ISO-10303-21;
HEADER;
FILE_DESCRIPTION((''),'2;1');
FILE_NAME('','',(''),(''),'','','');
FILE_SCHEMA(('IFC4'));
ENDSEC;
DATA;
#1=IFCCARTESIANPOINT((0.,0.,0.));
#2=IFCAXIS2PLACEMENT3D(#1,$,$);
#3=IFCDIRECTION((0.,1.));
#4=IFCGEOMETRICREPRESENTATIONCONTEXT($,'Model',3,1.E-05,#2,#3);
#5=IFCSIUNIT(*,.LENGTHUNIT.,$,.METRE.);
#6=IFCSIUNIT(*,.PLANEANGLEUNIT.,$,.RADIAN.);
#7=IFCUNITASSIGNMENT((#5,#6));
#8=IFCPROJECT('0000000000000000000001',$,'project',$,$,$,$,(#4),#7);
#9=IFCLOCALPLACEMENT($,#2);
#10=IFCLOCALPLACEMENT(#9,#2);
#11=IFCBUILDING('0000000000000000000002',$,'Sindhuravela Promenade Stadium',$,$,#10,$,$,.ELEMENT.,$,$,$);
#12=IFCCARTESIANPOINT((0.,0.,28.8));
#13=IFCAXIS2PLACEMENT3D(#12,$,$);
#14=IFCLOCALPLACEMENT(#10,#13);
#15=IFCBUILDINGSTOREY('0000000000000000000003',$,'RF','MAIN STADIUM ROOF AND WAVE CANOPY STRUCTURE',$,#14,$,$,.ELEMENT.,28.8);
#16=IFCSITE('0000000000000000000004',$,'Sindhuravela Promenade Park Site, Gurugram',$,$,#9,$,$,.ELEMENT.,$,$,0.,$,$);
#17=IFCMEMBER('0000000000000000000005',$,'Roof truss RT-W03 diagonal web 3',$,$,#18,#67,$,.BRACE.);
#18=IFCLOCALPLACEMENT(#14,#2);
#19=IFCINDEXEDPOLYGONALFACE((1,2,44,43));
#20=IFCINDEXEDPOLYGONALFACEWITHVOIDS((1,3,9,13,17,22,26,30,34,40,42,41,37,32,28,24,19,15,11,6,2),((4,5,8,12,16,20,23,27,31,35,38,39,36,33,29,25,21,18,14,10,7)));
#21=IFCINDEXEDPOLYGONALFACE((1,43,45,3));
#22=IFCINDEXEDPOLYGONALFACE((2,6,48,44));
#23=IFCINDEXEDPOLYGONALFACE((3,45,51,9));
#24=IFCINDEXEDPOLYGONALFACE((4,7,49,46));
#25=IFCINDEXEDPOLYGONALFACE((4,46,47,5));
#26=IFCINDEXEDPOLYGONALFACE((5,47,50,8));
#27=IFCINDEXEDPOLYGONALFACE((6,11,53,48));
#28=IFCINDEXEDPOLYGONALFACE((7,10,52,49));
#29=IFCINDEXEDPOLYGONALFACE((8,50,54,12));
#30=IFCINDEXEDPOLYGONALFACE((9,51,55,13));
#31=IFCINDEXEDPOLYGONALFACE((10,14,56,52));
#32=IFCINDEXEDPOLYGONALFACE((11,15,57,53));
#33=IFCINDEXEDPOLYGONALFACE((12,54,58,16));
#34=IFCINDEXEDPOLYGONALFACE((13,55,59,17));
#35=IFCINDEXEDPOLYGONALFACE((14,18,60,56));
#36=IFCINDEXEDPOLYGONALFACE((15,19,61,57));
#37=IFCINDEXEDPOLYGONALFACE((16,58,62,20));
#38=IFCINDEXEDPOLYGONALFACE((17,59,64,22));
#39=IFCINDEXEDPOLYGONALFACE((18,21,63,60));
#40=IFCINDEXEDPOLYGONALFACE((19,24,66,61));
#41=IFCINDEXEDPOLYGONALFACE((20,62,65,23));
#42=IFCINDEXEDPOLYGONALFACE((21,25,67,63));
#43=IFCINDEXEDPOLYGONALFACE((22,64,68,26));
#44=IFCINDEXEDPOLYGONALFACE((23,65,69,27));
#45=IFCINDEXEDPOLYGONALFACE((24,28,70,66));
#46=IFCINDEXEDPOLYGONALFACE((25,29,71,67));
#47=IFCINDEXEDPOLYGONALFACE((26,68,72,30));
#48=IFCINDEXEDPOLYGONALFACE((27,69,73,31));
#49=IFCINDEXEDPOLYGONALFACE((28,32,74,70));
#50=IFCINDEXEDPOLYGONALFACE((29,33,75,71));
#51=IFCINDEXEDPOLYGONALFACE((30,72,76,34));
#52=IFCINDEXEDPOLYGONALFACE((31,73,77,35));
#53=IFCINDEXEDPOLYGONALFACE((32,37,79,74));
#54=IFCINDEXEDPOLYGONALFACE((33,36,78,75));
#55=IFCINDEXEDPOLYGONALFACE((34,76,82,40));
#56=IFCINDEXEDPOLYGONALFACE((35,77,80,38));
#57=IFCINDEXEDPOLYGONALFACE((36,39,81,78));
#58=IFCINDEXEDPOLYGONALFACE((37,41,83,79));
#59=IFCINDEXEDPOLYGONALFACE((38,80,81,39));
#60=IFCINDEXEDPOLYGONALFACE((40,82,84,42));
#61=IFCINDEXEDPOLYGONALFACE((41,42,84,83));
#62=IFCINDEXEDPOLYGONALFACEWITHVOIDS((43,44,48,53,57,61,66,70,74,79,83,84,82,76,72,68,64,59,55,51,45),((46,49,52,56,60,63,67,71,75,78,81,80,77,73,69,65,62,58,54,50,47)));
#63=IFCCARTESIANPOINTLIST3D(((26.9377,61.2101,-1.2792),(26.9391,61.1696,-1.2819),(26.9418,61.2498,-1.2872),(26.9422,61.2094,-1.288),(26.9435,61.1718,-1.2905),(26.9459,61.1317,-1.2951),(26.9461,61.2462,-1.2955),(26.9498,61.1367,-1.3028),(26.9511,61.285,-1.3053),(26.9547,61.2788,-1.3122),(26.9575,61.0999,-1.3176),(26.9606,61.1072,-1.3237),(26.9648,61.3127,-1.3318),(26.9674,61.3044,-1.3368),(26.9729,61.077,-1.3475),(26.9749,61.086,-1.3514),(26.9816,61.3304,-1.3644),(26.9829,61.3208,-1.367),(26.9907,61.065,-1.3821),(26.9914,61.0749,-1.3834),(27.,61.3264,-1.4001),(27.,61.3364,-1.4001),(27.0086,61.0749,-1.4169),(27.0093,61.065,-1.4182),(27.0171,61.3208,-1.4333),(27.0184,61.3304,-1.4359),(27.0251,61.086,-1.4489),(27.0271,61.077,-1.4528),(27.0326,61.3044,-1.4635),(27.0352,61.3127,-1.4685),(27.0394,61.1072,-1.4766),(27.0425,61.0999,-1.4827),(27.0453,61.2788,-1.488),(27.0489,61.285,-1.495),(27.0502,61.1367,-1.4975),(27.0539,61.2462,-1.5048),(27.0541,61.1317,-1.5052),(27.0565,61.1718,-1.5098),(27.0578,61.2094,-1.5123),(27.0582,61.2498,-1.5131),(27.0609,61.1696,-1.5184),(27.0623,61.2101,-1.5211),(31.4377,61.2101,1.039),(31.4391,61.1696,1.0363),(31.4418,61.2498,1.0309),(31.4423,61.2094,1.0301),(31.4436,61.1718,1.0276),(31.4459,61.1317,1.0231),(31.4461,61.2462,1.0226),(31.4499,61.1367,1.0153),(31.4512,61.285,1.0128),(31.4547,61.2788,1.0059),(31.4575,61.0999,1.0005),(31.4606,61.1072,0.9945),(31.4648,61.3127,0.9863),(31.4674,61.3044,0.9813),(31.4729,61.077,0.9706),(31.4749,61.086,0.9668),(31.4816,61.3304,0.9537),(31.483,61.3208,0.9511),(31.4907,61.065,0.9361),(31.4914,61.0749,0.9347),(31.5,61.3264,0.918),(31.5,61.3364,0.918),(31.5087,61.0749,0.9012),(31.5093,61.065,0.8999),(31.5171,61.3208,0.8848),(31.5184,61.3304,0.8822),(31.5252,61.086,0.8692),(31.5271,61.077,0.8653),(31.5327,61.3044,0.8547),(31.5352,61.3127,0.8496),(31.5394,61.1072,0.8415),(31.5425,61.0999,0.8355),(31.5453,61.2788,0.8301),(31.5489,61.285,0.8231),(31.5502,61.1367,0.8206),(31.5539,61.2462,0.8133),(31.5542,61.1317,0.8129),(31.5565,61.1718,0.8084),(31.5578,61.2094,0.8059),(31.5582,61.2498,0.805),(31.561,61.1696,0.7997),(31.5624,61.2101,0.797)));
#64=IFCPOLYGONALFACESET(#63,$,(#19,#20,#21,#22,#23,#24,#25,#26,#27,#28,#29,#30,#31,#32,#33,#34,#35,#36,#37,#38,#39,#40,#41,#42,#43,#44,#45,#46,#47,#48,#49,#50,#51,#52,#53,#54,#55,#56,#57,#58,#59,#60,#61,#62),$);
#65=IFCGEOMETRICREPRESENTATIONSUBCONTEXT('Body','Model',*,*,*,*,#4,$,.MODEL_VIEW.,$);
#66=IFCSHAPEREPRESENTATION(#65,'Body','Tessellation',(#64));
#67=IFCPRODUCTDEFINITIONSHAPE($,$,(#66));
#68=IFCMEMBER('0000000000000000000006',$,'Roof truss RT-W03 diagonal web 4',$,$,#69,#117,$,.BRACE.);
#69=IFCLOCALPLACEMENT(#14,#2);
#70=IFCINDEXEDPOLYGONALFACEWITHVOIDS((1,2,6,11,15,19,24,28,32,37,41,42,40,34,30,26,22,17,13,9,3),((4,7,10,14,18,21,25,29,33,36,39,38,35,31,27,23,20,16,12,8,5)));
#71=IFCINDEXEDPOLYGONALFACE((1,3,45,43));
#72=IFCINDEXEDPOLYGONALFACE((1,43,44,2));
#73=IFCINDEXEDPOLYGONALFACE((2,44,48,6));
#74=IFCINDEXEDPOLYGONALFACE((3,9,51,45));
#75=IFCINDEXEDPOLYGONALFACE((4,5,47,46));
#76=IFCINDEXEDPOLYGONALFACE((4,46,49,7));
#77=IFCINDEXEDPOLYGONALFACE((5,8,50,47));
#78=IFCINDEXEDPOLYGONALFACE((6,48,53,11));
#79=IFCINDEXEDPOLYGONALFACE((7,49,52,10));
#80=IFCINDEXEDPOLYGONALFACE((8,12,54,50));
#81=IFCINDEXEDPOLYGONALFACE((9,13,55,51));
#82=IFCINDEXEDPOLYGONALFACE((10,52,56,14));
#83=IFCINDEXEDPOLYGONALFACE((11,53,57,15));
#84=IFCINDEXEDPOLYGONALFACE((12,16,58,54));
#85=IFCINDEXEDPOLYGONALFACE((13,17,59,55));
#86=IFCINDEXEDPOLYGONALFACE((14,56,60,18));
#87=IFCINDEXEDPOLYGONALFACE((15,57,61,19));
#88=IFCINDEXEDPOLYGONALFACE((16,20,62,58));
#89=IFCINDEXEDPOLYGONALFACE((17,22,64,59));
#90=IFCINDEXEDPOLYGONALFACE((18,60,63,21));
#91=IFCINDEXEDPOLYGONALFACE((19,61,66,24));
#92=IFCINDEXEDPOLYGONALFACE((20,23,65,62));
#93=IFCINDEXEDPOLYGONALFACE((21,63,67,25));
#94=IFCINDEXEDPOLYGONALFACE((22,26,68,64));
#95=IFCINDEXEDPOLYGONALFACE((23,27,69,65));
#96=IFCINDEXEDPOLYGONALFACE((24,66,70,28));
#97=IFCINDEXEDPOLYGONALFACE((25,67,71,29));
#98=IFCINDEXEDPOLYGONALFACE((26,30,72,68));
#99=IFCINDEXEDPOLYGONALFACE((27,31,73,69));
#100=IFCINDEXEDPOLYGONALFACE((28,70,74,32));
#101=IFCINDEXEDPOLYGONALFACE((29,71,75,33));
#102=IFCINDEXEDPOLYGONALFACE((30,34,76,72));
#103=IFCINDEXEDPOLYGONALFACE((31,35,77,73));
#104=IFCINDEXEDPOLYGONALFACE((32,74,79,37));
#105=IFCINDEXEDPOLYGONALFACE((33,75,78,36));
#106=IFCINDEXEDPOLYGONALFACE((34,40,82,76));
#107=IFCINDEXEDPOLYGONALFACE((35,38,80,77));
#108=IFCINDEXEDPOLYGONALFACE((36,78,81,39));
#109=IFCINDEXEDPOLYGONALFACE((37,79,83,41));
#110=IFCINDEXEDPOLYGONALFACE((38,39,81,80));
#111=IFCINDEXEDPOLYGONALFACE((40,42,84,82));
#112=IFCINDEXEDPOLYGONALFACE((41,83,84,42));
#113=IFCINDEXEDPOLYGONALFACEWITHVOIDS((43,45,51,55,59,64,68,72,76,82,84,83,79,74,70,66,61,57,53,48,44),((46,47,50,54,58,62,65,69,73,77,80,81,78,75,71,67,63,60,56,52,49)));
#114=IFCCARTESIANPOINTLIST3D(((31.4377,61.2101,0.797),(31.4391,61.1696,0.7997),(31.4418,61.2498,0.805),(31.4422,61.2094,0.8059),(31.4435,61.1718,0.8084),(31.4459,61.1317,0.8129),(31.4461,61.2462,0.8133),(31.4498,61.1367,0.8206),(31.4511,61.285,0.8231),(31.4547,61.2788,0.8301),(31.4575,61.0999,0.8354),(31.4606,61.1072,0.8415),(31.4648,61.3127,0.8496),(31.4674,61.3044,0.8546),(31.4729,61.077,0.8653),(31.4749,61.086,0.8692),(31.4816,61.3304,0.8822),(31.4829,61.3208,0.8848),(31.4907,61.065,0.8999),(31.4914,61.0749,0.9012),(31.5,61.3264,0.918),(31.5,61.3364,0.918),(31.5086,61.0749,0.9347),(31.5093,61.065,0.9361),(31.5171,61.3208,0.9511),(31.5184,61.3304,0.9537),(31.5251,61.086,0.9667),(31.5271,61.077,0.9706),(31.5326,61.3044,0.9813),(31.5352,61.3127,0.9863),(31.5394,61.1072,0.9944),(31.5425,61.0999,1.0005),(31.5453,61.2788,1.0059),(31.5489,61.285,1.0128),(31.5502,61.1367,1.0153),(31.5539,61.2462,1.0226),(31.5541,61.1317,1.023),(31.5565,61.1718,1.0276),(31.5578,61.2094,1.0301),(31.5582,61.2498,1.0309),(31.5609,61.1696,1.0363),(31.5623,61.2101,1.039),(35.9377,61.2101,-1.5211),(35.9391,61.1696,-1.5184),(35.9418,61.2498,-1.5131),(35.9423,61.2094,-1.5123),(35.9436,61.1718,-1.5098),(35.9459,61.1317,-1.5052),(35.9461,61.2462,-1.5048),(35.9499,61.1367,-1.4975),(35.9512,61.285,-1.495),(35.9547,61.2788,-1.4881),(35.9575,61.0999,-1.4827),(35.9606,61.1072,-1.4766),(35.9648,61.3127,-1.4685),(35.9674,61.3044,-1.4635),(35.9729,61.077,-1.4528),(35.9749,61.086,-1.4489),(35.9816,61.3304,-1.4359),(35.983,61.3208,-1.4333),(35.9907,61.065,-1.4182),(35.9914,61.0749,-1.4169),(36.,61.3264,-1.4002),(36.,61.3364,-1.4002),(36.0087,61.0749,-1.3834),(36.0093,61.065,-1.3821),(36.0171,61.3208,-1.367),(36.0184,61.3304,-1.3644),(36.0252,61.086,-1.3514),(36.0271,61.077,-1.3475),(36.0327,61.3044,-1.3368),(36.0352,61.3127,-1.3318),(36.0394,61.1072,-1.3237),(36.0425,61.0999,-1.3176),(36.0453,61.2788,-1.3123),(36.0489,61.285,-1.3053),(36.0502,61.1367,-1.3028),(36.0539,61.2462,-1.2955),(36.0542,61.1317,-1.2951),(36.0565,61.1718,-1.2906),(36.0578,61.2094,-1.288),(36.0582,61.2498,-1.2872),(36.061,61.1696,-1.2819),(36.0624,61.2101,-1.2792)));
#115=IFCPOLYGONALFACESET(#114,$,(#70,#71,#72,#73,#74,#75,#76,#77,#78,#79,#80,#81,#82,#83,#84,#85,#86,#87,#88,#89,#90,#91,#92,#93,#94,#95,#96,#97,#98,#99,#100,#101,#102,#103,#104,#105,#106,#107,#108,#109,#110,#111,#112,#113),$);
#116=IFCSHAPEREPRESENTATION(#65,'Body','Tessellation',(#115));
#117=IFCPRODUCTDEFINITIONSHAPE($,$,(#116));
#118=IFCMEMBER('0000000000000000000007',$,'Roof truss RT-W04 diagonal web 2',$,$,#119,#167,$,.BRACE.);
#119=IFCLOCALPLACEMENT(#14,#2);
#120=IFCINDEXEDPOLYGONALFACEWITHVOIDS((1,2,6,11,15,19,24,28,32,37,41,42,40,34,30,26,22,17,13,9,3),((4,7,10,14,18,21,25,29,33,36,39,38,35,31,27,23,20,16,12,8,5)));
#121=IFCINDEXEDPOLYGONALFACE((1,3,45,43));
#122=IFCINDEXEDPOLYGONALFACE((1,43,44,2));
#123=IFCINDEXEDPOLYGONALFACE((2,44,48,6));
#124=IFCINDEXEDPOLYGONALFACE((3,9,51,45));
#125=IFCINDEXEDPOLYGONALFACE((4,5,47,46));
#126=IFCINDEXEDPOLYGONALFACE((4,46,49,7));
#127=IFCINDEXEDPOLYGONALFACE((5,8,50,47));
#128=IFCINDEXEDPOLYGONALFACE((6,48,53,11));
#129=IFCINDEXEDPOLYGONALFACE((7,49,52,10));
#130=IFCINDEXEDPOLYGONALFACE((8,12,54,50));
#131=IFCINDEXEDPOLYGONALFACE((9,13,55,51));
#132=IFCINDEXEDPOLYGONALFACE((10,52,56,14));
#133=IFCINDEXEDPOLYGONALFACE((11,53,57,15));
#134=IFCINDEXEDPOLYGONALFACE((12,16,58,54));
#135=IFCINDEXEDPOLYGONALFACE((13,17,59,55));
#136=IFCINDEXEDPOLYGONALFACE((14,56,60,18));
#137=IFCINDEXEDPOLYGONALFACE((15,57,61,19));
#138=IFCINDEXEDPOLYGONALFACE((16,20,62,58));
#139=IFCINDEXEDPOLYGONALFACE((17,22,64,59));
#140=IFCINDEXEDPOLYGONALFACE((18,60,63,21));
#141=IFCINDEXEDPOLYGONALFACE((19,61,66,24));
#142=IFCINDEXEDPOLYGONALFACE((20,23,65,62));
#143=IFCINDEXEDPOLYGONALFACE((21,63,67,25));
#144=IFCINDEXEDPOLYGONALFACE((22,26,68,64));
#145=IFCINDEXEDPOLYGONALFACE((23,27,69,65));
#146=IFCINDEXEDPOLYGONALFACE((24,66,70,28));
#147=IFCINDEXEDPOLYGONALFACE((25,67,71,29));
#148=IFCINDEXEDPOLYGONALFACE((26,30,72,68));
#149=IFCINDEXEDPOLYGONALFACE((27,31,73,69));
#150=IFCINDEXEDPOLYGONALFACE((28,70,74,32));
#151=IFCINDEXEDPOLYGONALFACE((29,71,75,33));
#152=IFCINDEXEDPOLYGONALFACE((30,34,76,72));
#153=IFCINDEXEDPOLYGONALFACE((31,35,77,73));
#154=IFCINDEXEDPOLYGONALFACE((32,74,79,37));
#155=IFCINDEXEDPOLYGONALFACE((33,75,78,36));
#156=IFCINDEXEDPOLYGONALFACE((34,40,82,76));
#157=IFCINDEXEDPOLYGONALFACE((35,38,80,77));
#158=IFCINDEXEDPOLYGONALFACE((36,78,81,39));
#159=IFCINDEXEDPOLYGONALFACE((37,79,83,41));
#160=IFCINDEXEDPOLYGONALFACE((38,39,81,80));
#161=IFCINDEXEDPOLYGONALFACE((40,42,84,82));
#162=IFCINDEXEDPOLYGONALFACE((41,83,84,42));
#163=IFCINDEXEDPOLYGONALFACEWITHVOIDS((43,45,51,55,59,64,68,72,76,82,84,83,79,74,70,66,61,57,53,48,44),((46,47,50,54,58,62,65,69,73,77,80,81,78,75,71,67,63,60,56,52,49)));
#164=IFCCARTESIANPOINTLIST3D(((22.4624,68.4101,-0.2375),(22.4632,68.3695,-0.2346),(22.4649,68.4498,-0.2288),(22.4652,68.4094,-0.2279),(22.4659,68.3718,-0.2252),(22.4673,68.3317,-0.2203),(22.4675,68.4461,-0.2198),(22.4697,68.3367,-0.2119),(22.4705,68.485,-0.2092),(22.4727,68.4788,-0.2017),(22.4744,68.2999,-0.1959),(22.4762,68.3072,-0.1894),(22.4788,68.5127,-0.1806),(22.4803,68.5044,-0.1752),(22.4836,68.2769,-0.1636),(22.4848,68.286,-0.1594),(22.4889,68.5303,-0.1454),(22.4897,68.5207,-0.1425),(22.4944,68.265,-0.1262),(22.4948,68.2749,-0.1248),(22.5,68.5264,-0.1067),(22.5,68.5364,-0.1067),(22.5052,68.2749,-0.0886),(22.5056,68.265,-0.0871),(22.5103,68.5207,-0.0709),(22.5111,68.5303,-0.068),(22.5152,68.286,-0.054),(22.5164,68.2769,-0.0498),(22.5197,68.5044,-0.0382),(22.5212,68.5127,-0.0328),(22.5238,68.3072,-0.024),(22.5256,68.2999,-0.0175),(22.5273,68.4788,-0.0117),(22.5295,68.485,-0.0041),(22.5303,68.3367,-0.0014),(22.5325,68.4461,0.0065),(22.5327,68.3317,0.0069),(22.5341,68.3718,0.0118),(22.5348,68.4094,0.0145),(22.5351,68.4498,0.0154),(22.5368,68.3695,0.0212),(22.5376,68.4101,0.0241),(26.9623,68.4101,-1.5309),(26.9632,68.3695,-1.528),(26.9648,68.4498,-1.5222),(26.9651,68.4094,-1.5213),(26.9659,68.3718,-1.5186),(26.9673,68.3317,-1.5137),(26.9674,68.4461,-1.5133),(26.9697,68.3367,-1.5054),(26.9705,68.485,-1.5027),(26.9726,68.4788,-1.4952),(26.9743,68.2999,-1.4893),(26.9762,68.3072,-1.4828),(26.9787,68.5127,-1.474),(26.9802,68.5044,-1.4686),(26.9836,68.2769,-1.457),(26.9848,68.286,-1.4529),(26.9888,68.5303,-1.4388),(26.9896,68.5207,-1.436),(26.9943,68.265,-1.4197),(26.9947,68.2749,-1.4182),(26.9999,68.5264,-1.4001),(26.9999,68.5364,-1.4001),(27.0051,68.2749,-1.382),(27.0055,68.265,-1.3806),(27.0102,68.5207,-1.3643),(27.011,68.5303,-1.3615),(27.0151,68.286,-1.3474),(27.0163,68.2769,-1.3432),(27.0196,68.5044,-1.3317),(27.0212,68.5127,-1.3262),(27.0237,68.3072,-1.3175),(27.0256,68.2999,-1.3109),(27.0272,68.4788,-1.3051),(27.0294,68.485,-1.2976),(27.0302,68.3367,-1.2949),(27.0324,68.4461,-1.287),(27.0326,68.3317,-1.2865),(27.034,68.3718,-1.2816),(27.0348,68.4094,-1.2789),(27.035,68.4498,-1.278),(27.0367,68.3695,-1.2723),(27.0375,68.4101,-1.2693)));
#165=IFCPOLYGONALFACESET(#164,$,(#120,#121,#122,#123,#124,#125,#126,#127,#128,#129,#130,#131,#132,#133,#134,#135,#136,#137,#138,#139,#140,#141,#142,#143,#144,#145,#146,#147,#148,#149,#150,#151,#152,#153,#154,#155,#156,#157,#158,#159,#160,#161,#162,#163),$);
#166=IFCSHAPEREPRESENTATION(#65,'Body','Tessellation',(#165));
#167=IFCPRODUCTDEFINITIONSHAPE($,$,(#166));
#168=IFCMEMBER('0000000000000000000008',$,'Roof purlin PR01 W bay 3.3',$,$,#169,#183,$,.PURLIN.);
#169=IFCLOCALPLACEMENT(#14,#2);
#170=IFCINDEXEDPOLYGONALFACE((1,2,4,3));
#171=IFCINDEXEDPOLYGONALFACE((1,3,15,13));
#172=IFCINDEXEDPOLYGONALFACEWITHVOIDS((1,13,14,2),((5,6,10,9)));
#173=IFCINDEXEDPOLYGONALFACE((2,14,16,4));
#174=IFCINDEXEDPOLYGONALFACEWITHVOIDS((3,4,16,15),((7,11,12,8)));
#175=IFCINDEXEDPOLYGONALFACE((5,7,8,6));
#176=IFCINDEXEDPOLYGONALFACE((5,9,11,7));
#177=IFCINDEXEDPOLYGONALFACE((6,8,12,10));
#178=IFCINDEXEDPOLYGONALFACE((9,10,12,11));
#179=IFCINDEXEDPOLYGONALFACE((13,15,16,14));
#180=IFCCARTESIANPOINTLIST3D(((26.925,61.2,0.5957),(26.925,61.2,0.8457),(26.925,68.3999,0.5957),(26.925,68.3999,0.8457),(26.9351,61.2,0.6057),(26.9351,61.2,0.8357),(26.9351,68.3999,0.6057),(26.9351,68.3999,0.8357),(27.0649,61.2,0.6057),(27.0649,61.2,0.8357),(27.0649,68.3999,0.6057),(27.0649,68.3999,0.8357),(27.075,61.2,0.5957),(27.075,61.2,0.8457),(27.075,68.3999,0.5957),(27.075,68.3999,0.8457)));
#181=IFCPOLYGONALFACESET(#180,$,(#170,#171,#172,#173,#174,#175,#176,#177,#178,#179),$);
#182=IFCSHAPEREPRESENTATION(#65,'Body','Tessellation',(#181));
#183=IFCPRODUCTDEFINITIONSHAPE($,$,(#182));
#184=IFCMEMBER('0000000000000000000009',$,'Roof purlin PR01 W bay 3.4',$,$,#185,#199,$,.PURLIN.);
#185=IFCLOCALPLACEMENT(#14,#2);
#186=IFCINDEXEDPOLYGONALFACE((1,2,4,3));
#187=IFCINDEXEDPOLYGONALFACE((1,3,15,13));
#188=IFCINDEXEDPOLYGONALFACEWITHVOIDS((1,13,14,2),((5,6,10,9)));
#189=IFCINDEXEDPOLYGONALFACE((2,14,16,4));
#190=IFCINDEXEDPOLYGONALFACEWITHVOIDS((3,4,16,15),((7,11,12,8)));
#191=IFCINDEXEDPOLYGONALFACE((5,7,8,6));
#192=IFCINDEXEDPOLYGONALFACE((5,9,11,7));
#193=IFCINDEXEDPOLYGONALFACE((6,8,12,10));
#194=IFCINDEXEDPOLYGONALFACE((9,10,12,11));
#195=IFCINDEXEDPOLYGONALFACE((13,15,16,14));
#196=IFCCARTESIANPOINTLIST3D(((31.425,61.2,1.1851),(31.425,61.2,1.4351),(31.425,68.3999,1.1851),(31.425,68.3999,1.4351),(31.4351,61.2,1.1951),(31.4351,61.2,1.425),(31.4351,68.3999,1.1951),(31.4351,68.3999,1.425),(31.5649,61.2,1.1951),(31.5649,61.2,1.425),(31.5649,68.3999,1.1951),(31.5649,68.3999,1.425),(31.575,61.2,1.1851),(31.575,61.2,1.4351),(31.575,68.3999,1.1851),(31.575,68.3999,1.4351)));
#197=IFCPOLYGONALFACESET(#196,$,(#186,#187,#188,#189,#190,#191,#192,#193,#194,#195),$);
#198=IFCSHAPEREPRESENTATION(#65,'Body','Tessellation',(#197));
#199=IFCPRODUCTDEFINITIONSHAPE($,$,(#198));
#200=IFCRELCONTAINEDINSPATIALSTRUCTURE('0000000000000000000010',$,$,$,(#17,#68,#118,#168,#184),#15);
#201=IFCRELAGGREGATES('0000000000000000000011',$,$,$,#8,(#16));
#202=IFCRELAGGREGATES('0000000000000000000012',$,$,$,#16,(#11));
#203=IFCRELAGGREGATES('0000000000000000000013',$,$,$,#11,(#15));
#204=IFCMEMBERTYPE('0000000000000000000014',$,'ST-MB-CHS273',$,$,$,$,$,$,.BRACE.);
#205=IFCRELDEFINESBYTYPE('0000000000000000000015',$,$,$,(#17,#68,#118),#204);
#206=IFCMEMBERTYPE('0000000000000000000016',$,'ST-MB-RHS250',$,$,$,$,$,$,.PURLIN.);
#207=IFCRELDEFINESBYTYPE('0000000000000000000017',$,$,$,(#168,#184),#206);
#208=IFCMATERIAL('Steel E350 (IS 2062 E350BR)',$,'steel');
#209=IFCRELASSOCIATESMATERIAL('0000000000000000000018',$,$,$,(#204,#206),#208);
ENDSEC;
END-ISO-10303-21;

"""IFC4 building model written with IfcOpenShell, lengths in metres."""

from ifc_helpers import new_model, si_unit, direction, frame, origin, origin_2d, place, context, subcontext, project, spatial, hollow_rectangle, hollow_circle, extrude, material, material_profile, profile_set, type_object, element, save


model = new_model("IFC4")

# Units and contexts
model_context = context("Model", 3, precision=1e-05, world=origin(), true_north=direction((0.0, 1.0)))
body_context = subcontext(model_context, "Body", "Model", "MODEL_VIEW")
ifc_project = project(units=[si_unit("LENGTHUNIT", "METRE"), si_unit("PLANEANGLEUNIT", "RADIAN")], contexts=[model_context])

# Site, building, storey
site_placement = place(None, origin())
site = spatial("IfcSite", under=ifc_project, at=site_placement, Name="Sindhuravela Promenade Park Site, Gurugram", CompositionType="ELEMENT", RefElevation=0.0)
building_placement = place(site_placement, origin())
building = spatial("IfcBuilding", under=site, at=building_placement, Name="Sindhuravela Promenade Stadium", CompositionType="ELEMENT")
storey_placement = place(building_placement, frame((0.0, 0.0, 28.8)))
storey = spatial("IfcBuildingStorey", under=building, at=storey_placement, Name="RF", Description="MAIN STADIUM ROOF AND WAVE CANOPY STRUCTURE", CompositionType="ELEMENT", Elevation=28.8)

# Shared definitions
ifc_material_1 = material(Name="Steel E350 (IS 2062 E350BR)", Category="steel")

# Members
ifc_material_profile_1 = material_profile(ifc_material_1, hollow_circle(Radius=0.1365, WallThickness=0.01, at=origin_2d()), Name="CHS 273.0x10")
ifc_profile_set_1 = profile_set([ifc_material_profile_1], Name="Steel E350 (IS 2062 E350BR)")
member_type_1 = type_object("IfcMemberType", Name="ST-MB-CHS273", PredefinedType="BRACE", material=ifc_profile_set_1)
for number, where, z_axis, x_axis, name in (
    (1, (27.0, 61.2, -1.4001), (0.88898, 0.0, 0.457946), (0.0, 1.0, 0.0), "Roof truss RT-W03 diagonal web 3"),
    (2, (31.5, 61.2, 0.918), (0.88898, 0.0, -0.457946), (0.0, 1.0, 0.0), "Roof truss RT-W03 diagonal web 4"),
):
    element("IfcMember", number, at=place(storey_placement, frame(where, z_axis=z_axis, x_axis=x_axis)), inside=storey, type_object=member_type_1, Name=name, PredefinedType="BRACE", context=body_context, shape_type="SweptSolid", body=[
        extrude(hollow_circle(Radius=0.1365, WallThickness=0.01, at=origin_2d()), origin(), (0.0, 0.0, 1.0), 5.062),
    ])
member_1_placement = place(storey_placement, frame((22.5, 68.3999, -0.1067), z_axis=(0.961086, 0.0, -0.27625), x_axis=(0.0, 1.0, 0.0)))
element("IfcMember", 3, at=member_1_placement, inside=storey, type_object=member_type_1, Name="Roof truss RT-W04 diagonal web 2", PredefinedType="BRACE", context=body_context, shape_type="SweptSolid", body=[
    extrude(hollow_circle(Radius=0.1365, WallThickness=0.01, at=origin_2d()), origin(), (0.0, 0.0, 1.0), 4.6821),
])
ifc_material_profile_2 = material_profile(ifc_material_1, hollow_rectangle(XDim=0.1499, YDim=0.25, WallThickness=0.01, at=origin_2d()), Name="RHS 250x150x10")
ifc_profile_set_2 = profile_set([ifc_material_profile_2], Name="Steel E350 (IS 2062 E350BR)")
member_type_2 = type_object("IfcMemberType", Name="ST-MB-RHS250", PredefinedType="PURLIN", material=ifc_profile_set_2)
for number, where, z_axis, x_axis, name in (
    (4, (27.0, 61.2, 0.7207), (0.0, 1.0, 0.0), (-1.0, 0.0, 0.0), "Roof purlin PR01 W bay 3.3"),
    (5, (31.5, 61.2, 1.3101), (0.0, 1.0, 0.0), (-1.0, 0.0, 0.0), "Roof purlin PR01 W bay 3.4"),
):
    element("IfcMember", number, at=place(storey_placement, frame(where, z_axis=z_axis, x_axis=x_axis)), inside=storey, type_object=member_type_2, Name=name, PredefinedType="PURLIN", context=body_context, shape_type="SweptSolid", body=[
        extrude(hollow_rectangle(XDim=0.1499, YDim=0.25, WallThickness=0.01, at=origin_2d()), origin(), (0.0, 0.0, 1.0), 7.2),
    ])

save(model, "model.ifc")
